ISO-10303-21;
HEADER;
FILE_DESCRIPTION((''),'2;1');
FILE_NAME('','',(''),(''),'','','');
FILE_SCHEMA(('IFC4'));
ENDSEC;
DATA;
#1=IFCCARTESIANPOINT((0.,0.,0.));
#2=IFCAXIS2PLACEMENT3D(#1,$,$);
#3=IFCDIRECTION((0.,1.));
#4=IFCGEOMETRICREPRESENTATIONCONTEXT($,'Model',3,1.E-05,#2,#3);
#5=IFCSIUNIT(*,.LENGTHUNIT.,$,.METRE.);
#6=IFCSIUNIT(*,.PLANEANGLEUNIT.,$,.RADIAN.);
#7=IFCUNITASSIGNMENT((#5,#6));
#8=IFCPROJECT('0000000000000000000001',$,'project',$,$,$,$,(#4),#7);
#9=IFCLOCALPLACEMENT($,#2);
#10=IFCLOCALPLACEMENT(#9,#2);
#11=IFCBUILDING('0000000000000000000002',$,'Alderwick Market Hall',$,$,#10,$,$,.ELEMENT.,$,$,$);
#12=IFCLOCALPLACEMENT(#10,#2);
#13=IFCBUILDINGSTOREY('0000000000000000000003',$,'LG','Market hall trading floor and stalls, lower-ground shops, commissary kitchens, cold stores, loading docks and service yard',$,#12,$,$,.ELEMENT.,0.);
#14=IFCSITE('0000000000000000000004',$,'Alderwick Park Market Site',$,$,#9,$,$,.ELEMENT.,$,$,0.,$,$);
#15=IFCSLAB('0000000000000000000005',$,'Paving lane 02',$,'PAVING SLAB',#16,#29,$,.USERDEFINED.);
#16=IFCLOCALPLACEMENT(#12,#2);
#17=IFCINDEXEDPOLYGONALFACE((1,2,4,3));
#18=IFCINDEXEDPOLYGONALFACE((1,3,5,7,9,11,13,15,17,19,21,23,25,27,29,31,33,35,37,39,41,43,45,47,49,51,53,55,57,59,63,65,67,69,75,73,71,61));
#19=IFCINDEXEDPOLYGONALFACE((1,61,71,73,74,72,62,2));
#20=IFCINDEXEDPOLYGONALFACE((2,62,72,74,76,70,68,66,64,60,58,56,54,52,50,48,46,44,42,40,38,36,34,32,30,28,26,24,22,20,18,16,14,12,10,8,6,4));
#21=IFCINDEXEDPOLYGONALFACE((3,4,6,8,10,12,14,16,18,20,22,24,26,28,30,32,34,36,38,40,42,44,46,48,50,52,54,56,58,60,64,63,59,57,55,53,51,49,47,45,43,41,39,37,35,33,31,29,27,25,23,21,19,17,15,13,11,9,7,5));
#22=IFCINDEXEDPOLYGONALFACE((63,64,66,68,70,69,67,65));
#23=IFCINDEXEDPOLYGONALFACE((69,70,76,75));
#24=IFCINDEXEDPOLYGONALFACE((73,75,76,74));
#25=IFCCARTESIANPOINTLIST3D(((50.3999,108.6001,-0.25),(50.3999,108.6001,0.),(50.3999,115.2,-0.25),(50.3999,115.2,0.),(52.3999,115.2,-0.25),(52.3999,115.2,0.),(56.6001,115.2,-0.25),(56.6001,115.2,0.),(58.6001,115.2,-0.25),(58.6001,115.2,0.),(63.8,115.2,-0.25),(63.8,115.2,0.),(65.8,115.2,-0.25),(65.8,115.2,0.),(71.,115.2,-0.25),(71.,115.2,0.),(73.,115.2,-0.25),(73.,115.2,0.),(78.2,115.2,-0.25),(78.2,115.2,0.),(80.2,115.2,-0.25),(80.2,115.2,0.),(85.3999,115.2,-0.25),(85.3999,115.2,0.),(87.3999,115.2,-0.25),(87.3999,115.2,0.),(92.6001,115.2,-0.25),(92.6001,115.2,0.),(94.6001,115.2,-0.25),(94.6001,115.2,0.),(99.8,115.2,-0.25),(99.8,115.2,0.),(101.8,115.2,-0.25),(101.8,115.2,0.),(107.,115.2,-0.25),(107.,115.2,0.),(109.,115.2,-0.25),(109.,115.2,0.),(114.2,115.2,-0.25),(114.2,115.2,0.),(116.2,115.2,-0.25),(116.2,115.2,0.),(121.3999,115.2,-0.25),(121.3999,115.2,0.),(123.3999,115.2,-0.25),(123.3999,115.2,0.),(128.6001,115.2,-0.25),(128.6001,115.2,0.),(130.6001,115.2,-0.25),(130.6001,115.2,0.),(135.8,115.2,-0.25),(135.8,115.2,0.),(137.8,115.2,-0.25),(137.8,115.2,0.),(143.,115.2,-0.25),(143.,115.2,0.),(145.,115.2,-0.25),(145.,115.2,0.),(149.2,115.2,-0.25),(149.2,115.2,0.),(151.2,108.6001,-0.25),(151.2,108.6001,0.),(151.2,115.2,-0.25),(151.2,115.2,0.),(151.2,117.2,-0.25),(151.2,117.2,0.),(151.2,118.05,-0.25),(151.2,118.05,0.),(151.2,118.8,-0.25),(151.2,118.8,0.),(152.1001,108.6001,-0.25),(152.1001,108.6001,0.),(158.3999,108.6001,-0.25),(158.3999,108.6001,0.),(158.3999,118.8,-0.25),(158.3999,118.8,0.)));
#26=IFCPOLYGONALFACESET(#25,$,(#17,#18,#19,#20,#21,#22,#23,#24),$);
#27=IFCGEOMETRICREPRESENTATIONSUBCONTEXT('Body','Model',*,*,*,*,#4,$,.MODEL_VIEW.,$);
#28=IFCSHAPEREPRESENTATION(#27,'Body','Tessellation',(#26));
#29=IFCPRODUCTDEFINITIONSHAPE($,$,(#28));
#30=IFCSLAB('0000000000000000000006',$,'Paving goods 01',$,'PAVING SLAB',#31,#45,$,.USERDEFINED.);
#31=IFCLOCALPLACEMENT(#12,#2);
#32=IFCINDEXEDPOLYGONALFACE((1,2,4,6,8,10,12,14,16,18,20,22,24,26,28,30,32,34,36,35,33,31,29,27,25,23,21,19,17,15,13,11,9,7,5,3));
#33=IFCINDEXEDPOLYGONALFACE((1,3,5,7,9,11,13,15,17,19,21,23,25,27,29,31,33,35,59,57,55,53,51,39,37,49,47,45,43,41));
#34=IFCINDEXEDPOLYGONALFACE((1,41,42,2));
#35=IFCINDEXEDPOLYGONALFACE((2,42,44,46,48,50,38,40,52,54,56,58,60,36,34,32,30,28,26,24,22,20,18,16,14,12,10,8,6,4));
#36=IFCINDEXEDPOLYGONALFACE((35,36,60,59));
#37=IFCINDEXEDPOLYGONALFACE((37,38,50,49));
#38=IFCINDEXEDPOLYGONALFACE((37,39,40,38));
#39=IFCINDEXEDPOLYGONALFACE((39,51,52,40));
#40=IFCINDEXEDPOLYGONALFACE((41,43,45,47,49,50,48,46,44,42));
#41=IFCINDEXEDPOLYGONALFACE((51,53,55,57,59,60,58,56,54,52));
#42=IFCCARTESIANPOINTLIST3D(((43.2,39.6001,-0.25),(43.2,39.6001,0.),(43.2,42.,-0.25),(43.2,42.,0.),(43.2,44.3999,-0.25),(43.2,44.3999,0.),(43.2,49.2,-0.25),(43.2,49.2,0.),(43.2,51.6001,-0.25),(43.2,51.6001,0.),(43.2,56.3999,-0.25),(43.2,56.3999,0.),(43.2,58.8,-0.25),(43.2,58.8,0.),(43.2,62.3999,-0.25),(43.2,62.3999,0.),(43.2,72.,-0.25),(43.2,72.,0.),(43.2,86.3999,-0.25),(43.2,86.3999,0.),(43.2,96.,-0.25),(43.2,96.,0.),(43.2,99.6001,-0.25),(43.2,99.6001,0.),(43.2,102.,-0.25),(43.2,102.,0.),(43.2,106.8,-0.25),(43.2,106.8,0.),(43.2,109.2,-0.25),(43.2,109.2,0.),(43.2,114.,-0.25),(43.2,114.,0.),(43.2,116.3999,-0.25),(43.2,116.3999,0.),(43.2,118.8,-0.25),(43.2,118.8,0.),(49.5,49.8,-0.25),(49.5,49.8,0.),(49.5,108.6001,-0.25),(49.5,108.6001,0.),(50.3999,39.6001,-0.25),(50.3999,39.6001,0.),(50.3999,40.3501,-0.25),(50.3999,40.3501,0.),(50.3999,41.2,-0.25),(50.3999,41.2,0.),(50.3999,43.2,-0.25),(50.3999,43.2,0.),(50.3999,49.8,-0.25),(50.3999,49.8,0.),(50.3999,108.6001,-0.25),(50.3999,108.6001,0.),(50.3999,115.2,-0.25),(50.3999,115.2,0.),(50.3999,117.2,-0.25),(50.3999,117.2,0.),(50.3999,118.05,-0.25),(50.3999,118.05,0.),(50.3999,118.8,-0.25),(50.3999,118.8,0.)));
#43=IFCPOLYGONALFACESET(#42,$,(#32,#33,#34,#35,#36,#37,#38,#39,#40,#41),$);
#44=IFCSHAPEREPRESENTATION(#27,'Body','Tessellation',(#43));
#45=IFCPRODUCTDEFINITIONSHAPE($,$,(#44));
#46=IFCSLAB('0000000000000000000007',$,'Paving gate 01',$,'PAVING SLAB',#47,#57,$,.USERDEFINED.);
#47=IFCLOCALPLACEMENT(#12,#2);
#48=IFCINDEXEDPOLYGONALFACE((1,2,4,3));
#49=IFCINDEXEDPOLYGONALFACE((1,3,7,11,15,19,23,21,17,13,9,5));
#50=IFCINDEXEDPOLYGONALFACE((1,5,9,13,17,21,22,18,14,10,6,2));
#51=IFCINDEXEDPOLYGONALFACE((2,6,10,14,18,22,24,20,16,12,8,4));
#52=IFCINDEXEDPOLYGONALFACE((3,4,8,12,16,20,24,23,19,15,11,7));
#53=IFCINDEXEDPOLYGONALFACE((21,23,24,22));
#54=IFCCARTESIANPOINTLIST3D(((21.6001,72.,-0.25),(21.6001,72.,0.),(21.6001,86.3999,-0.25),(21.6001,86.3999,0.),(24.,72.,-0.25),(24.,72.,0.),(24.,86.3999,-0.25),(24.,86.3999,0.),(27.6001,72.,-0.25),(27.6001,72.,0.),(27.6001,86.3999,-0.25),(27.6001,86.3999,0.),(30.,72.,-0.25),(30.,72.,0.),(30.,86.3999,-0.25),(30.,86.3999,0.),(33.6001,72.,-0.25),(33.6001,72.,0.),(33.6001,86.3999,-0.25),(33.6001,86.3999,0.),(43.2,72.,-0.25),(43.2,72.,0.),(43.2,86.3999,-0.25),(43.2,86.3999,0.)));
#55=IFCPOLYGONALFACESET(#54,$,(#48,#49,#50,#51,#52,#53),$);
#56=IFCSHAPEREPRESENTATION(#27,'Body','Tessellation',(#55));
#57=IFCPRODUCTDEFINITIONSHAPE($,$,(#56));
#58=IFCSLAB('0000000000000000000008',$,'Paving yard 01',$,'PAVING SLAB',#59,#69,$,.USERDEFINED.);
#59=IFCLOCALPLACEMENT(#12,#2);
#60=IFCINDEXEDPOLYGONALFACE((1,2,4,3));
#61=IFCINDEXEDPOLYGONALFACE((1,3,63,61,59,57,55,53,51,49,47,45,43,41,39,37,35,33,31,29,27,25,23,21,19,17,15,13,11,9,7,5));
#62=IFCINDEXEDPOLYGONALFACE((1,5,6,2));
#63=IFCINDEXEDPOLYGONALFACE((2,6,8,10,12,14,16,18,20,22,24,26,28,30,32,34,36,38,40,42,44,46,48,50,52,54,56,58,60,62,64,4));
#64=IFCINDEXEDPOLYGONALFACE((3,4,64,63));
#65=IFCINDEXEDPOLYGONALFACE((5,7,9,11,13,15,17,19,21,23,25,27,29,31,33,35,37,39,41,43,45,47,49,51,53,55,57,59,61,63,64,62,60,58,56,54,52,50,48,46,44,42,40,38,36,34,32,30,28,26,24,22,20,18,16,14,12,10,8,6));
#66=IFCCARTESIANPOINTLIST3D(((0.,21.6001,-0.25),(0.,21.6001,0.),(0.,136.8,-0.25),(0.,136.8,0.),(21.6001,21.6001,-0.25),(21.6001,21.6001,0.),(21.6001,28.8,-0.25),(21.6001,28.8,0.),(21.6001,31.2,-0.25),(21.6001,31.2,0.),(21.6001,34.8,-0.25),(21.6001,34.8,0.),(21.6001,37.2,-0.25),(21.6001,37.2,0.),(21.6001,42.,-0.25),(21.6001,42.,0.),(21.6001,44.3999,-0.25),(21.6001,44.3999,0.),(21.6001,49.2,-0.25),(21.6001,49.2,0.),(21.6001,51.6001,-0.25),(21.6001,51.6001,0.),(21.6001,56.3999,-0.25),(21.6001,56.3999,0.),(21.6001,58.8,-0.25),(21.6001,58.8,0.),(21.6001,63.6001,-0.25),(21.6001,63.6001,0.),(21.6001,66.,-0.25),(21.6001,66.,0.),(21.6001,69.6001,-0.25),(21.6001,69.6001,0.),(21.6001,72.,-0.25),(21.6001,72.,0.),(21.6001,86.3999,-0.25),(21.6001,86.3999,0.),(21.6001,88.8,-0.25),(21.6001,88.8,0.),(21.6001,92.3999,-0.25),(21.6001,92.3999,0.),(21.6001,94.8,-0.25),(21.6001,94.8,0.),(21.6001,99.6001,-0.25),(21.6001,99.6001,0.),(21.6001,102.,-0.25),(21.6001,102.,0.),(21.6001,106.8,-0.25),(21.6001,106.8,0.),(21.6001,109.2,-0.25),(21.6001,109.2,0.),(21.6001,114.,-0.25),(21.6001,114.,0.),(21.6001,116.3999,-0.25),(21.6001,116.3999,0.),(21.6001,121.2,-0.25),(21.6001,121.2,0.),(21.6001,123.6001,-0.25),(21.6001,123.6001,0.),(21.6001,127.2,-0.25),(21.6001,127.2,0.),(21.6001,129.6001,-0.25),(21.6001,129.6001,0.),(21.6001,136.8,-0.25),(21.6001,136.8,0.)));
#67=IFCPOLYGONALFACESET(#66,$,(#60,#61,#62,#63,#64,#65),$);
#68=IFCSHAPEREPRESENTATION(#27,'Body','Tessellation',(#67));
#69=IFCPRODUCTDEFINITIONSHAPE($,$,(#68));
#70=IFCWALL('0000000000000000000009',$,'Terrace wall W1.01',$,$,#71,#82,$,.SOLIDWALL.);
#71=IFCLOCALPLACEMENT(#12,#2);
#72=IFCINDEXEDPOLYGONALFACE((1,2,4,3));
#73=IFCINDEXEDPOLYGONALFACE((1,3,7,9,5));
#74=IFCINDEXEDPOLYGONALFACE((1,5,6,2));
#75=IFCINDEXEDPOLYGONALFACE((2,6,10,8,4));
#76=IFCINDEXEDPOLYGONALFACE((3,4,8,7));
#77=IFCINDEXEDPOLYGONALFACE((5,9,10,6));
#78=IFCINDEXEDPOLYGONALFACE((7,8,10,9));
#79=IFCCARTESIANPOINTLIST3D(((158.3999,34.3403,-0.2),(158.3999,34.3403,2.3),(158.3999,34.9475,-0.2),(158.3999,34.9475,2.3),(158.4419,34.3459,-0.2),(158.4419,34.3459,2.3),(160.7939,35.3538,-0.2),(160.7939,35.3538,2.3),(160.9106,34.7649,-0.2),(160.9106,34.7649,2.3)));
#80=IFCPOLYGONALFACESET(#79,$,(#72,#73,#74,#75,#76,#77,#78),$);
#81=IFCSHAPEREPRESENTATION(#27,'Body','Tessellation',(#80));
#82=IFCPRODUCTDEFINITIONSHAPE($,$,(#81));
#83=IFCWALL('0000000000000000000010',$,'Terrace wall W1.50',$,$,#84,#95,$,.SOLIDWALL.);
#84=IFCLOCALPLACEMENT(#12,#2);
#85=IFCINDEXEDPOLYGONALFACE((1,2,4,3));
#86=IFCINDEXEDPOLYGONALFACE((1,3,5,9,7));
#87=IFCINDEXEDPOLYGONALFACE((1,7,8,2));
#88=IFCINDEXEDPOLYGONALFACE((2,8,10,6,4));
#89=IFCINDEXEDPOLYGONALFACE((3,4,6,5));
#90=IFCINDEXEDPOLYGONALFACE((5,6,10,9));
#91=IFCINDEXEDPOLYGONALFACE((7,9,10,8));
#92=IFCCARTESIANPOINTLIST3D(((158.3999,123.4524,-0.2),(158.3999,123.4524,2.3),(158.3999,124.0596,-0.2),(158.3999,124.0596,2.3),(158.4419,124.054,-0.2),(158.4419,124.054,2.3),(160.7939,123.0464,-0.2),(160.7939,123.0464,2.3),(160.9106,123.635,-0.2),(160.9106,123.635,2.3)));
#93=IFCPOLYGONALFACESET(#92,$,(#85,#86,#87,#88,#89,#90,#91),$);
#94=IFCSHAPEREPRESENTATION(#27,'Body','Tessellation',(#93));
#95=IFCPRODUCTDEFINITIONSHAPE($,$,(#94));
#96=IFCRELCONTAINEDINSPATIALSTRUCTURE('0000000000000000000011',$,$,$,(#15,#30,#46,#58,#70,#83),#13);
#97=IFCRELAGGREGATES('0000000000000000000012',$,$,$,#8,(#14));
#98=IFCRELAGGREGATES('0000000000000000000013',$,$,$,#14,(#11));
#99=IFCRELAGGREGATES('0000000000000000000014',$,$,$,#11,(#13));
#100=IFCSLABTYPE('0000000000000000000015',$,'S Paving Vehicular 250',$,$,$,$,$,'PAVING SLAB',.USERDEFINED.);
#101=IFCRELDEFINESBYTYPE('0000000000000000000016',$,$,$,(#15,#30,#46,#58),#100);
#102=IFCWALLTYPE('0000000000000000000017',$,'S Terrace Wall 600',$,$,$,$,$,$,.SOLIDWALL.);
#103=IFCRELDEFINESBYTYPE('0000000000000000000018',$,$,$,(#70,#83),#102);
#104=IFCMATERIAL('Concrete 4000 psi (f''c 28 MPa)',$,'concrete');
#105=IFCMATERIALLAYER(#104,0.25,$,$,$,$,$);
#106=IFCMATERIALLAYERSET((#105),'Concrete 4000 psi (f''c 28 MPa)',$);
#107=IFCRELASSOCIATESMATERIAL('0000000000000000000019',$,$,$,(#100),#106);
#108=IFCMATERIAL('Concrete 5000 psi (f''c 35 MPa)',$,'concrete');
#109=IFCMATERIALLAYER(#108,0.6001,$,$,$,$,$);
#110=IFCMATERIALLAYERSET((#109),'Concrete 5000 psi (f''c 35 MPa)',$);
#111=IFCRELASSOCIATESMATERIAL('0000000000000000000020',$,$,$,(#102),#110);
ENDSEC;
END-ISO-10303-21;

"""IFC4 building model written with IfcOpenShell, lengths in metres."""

from ifc_helpers import new_model, si_unit, direction, frame, origin, place, context, subcontext, project, spatial, polyline, outline, extrude, material, layer, layer_set, type_object, element, save


model = new_model("IFC4")

# Units and contexts
model_context = context("Model", 3, precision=1e-05, world=origin(), true_north=direction((0.0, 1.0)))
body_context = subcontext(model_context, "Body", "Model", "MODEL_VIEW")
ifc_project = project(units=[si_unit("LENGTHUNIT", "METRE"), si_unit("PLANEANGLEUNIT", "RADIAN")], contexts=[model_context])

# Site, building, storey
site_placement = place(None, origin())
site = spatial("IfcSite", under=ifc_project, at=site_placement, Name="Alderwick Park Market Site", CompositionType="ELEMENT", RefElevation=0.0)
building_placement = place(site_placement, origin())
building = spatial("IfcBuilding", under=site, at=building_placement, Name="Alderwick Market Hall", CompositionType="ELEMENT")
storey_placement = place(building_placement, origin())
storey = spatial("IfcBuildingStorey", under=building, at=storey_placement, Name="LG", Description="Market hall trading floor and stalls, lower-ground shops, commissary kitchens, cold stores, loading docks and service yard", CompositionType="ELEMENT", Elevation=0.0)

# Shared definitions
ifc_material_1 = material(Name="Concrete 4000 psi (f'c 28 MPa)", Category="concrete")

# Slabs
ifc_layer_1 = layer(ifc_material_1, 0.25)
ifc_layer_set_1 = layer_set([ifc_layer_1], Name="Concrete 4000 psi (f'c 28 MPa)")
slab_type_1 = type_object("IfcSlabType", Name="S Paving Vehicular 250", ElementType="PAVING SLAB", PredefinedType="USERDEFINED", material=ifc_layer_set_1)
slab_1_placement = place(storey_placement, frame((0.0, 0.0, -0.25)))
element("IfcSlab", 1, at=slab_1_placement, inside=storey, type_object=slab_type_1, Name="Paving lane 02", ObjectType="PAVING SLAB", PredefinedType="USERDEFINED", context=body_context, shape_type="SweptSolid", body=[
    extrude(outline(polyline([(151.2, 118.8), (151.2, 118.05), (151.2, 117.2), (151.2, 115.2), (149.2, 115.2), (145.0, 115.2), (143.0, 115.2), (137.8, 115.2), (135.8, 115.2), (130.6001, 115.2), (128.6001, 115.2), (123.3999, 115.2), (121.3999, 115.2), (116.2, 115.2), (114.2, 115.2), (109.0, 115.2), (107.0, 115.2), (101.8, 115.2), (99.8, 115.2), (94.6001, 115.2), (92.6001, 115.2), (87.3999, 115.2), (85.3999, 115.2), (80.2, 115.2), (78.2, 115.2), (73.0, 115.2), (71.0, 115.2), (65.8, 115.2), (63.8, 115.2), (58.6001, 115.2), (56.6001, 115.2), (52.3999, 115.2), (50.3999, 115.2), (50.3999, 108.6001), (151.2, 108.6001), (152.1001, 108.6001), (158.3999, 108.6001), (158.3999, 118.8), (151.2, 118.8)])), origin(), (0.0, 0.0, 1.0), 0.25),
])
slab_2_placement = place(storey_placement, frame((0.0, 0.0, -0.25)))
element("IfcSlab", 2, at=slab_2_placement, inside=storey, type_object=slab_type_1, Name="Paving goods 01", ObjectType="PAVING SLAB", PredefinedType="USERDEFINED", context=body_context, shape_type="SweptSolid", body=[
    extrude(outline(polyline([(43.2, 39.6001), (50.3999, 39.6001), (50.3999, 40.3501), (50.3999, 41.2), (50.3999, 43.2), (50.3999, 49.8), (49.5, 49.8), (49.5, 108.6001), (50.3999, 108.6001), (50.3999, 115.2), (50.3999, 117.2), (50.3999, 118.05), (50.3999, 118.8), (43.2, 118.8), (43.2, 116.3999), (43.2, 114.0), (43.2, 109.2), (43.2, 106.8), (43.2, 102.0), (43.2, 99.6001), (43.2, 96.0), (43.2, 86.3999), (43.2, 72.0), (43.2, 62.3999), (43.2, 58.8), (43.2, 56.3999), (43.2, 51.6001), (43.2, 49.2), (43.2, 44.3999), (43.2, 42.0), (43.2, 39.6001)])), origin(), (0.0, 0.0, 1.0), 0.25),
])
slab_3_placement = place(storey_placement, frame((0.0, 0.0, -0.25)))
element("IfcSlab", 3, at=slab_3_placement, inside=storey, type_object=slab_type_1, Name="Paving gate 01", ObjectType="PAVING SLAB", PredefinedType="USERDEFINED", context=body_context, shape_type="SweptSolid", body=[
    extrude(outline(polyline([(21.6001, 72.0), (24.0, 72.0), (27.6001, 72.0), (30.0, 72.0), (33.6001, 72.0), (43.2, 72.0), (43.2, 86.3999), (33.6001, 86.3999), (30.0, 86.3999), (27.6001, 86.3999), (24.0, 86.3999), (21.6001, 86.3999), (21.6001, 72.0)])), origin(), (0.0, 0.0, 1.0), 0.25),
])
slab_4_placement = place(storey_placement, frame((0.0, 0.0, -0.25)))
element("IfcSlab", 4, at=slab_4_placement, inside=storey, type_object=slab_type_1, Name="Paving yard 01", ObjectType="PAVING SLAB", PredefinedType="USERDEFINED", context=body_context, shape_type="SweptSolid", body=[
    extrude(outline(polyline([(0.0, 21.6001), (21.6001, 21.6001), (21.6001, 28.8), (21.6001, 31.2), (21.6001, 34.8), (21.6001, 37.2), (21.6001, 42.0), (21.6001, 44.3999), (21.6001, 49.2), (21.6001, 51.6001), (21.6001, 56.3999), (21.6001, 58.8), (21.6001, 63.6001), (21.6001, 66.0), (21.6001, 69.6001), (21.6001, 72.0), (21.6001, 86.3999), (21.6001, 88.8), (21.6001, 92.3999), (21.6001, 94.8), (21.6001, 99.6001), (21.6001, 102.0), (21.6001, 106.8), (21.6001, 109.2), (21.6001, 114.0), (21.6001, 116.3999), (21.6001, 121.2), (21.6001, 123.6001), (21.6001, 127.2), (21.6001, 129.6001), (21.6001, 136.8), (0.0, 136.8), (0.0, 21.6001)])), origin(), (0.0, 0.0, 1.0), 0.25),
])

# Walls
ifc_material_2 = material(Name="Concrete 5000 psi (f'c 35 MPa)", Category="concrete")
ifc_layer_2 = layer(ifc_material_2, 0.6001)
ifc_layer_set_2 = layer_set([ifc_layer_2], Name="Concrete 5000 psi (f'c 35 MPa)")
wall_type = type_object("IfcWallType", Name="S Terrace Wall 600", PredefinedType="SOLIDWALL", material=ifc_layer_set_2)
wall_1_placement = place(storey_placement, frame((0.0, 0.0, -0.2)))
element("IfcWall", 5, at=wall_1_placement, inside=storey, type_object=wall_type, Name="Terrace wall W1.01", PredefinedType="SOLIDWALL", context=body_context, shape_type="SweptSolid", body=[
    extrude(outline(polyline([(158.3999, 34.9475), (158.3999, 34.3403), (158.4419, 34.3459), (160.9106, 34.7649), (160.7939, 35.3538), (158.3999, 34.9475)])), origin(), (0.0, 0.0, 1.0), 2.5),
])
wall_2_placement = place(storey_placement, frame((0.0, 0.0, -0.2)))
element("IfcWall", 6, at=wall_2_placement, inside=storey, type_object=wall_type, Name="Terrace wall W1.50", PredefinedType="SOLIDWALL", context=body_context, shape_type="SweptSolid", body=[
    extrude(outline(polyline([(160.9106, 123.635), (158.4419, 124.054), (158.3999, 124.0596), (158.3999, 123.4524), (160.7939, 123.0464), (160.9106, 123.635)])), origin(), (0.0, 0.0, 1.0), 2.5),
])

save(model, "model.ifc")
